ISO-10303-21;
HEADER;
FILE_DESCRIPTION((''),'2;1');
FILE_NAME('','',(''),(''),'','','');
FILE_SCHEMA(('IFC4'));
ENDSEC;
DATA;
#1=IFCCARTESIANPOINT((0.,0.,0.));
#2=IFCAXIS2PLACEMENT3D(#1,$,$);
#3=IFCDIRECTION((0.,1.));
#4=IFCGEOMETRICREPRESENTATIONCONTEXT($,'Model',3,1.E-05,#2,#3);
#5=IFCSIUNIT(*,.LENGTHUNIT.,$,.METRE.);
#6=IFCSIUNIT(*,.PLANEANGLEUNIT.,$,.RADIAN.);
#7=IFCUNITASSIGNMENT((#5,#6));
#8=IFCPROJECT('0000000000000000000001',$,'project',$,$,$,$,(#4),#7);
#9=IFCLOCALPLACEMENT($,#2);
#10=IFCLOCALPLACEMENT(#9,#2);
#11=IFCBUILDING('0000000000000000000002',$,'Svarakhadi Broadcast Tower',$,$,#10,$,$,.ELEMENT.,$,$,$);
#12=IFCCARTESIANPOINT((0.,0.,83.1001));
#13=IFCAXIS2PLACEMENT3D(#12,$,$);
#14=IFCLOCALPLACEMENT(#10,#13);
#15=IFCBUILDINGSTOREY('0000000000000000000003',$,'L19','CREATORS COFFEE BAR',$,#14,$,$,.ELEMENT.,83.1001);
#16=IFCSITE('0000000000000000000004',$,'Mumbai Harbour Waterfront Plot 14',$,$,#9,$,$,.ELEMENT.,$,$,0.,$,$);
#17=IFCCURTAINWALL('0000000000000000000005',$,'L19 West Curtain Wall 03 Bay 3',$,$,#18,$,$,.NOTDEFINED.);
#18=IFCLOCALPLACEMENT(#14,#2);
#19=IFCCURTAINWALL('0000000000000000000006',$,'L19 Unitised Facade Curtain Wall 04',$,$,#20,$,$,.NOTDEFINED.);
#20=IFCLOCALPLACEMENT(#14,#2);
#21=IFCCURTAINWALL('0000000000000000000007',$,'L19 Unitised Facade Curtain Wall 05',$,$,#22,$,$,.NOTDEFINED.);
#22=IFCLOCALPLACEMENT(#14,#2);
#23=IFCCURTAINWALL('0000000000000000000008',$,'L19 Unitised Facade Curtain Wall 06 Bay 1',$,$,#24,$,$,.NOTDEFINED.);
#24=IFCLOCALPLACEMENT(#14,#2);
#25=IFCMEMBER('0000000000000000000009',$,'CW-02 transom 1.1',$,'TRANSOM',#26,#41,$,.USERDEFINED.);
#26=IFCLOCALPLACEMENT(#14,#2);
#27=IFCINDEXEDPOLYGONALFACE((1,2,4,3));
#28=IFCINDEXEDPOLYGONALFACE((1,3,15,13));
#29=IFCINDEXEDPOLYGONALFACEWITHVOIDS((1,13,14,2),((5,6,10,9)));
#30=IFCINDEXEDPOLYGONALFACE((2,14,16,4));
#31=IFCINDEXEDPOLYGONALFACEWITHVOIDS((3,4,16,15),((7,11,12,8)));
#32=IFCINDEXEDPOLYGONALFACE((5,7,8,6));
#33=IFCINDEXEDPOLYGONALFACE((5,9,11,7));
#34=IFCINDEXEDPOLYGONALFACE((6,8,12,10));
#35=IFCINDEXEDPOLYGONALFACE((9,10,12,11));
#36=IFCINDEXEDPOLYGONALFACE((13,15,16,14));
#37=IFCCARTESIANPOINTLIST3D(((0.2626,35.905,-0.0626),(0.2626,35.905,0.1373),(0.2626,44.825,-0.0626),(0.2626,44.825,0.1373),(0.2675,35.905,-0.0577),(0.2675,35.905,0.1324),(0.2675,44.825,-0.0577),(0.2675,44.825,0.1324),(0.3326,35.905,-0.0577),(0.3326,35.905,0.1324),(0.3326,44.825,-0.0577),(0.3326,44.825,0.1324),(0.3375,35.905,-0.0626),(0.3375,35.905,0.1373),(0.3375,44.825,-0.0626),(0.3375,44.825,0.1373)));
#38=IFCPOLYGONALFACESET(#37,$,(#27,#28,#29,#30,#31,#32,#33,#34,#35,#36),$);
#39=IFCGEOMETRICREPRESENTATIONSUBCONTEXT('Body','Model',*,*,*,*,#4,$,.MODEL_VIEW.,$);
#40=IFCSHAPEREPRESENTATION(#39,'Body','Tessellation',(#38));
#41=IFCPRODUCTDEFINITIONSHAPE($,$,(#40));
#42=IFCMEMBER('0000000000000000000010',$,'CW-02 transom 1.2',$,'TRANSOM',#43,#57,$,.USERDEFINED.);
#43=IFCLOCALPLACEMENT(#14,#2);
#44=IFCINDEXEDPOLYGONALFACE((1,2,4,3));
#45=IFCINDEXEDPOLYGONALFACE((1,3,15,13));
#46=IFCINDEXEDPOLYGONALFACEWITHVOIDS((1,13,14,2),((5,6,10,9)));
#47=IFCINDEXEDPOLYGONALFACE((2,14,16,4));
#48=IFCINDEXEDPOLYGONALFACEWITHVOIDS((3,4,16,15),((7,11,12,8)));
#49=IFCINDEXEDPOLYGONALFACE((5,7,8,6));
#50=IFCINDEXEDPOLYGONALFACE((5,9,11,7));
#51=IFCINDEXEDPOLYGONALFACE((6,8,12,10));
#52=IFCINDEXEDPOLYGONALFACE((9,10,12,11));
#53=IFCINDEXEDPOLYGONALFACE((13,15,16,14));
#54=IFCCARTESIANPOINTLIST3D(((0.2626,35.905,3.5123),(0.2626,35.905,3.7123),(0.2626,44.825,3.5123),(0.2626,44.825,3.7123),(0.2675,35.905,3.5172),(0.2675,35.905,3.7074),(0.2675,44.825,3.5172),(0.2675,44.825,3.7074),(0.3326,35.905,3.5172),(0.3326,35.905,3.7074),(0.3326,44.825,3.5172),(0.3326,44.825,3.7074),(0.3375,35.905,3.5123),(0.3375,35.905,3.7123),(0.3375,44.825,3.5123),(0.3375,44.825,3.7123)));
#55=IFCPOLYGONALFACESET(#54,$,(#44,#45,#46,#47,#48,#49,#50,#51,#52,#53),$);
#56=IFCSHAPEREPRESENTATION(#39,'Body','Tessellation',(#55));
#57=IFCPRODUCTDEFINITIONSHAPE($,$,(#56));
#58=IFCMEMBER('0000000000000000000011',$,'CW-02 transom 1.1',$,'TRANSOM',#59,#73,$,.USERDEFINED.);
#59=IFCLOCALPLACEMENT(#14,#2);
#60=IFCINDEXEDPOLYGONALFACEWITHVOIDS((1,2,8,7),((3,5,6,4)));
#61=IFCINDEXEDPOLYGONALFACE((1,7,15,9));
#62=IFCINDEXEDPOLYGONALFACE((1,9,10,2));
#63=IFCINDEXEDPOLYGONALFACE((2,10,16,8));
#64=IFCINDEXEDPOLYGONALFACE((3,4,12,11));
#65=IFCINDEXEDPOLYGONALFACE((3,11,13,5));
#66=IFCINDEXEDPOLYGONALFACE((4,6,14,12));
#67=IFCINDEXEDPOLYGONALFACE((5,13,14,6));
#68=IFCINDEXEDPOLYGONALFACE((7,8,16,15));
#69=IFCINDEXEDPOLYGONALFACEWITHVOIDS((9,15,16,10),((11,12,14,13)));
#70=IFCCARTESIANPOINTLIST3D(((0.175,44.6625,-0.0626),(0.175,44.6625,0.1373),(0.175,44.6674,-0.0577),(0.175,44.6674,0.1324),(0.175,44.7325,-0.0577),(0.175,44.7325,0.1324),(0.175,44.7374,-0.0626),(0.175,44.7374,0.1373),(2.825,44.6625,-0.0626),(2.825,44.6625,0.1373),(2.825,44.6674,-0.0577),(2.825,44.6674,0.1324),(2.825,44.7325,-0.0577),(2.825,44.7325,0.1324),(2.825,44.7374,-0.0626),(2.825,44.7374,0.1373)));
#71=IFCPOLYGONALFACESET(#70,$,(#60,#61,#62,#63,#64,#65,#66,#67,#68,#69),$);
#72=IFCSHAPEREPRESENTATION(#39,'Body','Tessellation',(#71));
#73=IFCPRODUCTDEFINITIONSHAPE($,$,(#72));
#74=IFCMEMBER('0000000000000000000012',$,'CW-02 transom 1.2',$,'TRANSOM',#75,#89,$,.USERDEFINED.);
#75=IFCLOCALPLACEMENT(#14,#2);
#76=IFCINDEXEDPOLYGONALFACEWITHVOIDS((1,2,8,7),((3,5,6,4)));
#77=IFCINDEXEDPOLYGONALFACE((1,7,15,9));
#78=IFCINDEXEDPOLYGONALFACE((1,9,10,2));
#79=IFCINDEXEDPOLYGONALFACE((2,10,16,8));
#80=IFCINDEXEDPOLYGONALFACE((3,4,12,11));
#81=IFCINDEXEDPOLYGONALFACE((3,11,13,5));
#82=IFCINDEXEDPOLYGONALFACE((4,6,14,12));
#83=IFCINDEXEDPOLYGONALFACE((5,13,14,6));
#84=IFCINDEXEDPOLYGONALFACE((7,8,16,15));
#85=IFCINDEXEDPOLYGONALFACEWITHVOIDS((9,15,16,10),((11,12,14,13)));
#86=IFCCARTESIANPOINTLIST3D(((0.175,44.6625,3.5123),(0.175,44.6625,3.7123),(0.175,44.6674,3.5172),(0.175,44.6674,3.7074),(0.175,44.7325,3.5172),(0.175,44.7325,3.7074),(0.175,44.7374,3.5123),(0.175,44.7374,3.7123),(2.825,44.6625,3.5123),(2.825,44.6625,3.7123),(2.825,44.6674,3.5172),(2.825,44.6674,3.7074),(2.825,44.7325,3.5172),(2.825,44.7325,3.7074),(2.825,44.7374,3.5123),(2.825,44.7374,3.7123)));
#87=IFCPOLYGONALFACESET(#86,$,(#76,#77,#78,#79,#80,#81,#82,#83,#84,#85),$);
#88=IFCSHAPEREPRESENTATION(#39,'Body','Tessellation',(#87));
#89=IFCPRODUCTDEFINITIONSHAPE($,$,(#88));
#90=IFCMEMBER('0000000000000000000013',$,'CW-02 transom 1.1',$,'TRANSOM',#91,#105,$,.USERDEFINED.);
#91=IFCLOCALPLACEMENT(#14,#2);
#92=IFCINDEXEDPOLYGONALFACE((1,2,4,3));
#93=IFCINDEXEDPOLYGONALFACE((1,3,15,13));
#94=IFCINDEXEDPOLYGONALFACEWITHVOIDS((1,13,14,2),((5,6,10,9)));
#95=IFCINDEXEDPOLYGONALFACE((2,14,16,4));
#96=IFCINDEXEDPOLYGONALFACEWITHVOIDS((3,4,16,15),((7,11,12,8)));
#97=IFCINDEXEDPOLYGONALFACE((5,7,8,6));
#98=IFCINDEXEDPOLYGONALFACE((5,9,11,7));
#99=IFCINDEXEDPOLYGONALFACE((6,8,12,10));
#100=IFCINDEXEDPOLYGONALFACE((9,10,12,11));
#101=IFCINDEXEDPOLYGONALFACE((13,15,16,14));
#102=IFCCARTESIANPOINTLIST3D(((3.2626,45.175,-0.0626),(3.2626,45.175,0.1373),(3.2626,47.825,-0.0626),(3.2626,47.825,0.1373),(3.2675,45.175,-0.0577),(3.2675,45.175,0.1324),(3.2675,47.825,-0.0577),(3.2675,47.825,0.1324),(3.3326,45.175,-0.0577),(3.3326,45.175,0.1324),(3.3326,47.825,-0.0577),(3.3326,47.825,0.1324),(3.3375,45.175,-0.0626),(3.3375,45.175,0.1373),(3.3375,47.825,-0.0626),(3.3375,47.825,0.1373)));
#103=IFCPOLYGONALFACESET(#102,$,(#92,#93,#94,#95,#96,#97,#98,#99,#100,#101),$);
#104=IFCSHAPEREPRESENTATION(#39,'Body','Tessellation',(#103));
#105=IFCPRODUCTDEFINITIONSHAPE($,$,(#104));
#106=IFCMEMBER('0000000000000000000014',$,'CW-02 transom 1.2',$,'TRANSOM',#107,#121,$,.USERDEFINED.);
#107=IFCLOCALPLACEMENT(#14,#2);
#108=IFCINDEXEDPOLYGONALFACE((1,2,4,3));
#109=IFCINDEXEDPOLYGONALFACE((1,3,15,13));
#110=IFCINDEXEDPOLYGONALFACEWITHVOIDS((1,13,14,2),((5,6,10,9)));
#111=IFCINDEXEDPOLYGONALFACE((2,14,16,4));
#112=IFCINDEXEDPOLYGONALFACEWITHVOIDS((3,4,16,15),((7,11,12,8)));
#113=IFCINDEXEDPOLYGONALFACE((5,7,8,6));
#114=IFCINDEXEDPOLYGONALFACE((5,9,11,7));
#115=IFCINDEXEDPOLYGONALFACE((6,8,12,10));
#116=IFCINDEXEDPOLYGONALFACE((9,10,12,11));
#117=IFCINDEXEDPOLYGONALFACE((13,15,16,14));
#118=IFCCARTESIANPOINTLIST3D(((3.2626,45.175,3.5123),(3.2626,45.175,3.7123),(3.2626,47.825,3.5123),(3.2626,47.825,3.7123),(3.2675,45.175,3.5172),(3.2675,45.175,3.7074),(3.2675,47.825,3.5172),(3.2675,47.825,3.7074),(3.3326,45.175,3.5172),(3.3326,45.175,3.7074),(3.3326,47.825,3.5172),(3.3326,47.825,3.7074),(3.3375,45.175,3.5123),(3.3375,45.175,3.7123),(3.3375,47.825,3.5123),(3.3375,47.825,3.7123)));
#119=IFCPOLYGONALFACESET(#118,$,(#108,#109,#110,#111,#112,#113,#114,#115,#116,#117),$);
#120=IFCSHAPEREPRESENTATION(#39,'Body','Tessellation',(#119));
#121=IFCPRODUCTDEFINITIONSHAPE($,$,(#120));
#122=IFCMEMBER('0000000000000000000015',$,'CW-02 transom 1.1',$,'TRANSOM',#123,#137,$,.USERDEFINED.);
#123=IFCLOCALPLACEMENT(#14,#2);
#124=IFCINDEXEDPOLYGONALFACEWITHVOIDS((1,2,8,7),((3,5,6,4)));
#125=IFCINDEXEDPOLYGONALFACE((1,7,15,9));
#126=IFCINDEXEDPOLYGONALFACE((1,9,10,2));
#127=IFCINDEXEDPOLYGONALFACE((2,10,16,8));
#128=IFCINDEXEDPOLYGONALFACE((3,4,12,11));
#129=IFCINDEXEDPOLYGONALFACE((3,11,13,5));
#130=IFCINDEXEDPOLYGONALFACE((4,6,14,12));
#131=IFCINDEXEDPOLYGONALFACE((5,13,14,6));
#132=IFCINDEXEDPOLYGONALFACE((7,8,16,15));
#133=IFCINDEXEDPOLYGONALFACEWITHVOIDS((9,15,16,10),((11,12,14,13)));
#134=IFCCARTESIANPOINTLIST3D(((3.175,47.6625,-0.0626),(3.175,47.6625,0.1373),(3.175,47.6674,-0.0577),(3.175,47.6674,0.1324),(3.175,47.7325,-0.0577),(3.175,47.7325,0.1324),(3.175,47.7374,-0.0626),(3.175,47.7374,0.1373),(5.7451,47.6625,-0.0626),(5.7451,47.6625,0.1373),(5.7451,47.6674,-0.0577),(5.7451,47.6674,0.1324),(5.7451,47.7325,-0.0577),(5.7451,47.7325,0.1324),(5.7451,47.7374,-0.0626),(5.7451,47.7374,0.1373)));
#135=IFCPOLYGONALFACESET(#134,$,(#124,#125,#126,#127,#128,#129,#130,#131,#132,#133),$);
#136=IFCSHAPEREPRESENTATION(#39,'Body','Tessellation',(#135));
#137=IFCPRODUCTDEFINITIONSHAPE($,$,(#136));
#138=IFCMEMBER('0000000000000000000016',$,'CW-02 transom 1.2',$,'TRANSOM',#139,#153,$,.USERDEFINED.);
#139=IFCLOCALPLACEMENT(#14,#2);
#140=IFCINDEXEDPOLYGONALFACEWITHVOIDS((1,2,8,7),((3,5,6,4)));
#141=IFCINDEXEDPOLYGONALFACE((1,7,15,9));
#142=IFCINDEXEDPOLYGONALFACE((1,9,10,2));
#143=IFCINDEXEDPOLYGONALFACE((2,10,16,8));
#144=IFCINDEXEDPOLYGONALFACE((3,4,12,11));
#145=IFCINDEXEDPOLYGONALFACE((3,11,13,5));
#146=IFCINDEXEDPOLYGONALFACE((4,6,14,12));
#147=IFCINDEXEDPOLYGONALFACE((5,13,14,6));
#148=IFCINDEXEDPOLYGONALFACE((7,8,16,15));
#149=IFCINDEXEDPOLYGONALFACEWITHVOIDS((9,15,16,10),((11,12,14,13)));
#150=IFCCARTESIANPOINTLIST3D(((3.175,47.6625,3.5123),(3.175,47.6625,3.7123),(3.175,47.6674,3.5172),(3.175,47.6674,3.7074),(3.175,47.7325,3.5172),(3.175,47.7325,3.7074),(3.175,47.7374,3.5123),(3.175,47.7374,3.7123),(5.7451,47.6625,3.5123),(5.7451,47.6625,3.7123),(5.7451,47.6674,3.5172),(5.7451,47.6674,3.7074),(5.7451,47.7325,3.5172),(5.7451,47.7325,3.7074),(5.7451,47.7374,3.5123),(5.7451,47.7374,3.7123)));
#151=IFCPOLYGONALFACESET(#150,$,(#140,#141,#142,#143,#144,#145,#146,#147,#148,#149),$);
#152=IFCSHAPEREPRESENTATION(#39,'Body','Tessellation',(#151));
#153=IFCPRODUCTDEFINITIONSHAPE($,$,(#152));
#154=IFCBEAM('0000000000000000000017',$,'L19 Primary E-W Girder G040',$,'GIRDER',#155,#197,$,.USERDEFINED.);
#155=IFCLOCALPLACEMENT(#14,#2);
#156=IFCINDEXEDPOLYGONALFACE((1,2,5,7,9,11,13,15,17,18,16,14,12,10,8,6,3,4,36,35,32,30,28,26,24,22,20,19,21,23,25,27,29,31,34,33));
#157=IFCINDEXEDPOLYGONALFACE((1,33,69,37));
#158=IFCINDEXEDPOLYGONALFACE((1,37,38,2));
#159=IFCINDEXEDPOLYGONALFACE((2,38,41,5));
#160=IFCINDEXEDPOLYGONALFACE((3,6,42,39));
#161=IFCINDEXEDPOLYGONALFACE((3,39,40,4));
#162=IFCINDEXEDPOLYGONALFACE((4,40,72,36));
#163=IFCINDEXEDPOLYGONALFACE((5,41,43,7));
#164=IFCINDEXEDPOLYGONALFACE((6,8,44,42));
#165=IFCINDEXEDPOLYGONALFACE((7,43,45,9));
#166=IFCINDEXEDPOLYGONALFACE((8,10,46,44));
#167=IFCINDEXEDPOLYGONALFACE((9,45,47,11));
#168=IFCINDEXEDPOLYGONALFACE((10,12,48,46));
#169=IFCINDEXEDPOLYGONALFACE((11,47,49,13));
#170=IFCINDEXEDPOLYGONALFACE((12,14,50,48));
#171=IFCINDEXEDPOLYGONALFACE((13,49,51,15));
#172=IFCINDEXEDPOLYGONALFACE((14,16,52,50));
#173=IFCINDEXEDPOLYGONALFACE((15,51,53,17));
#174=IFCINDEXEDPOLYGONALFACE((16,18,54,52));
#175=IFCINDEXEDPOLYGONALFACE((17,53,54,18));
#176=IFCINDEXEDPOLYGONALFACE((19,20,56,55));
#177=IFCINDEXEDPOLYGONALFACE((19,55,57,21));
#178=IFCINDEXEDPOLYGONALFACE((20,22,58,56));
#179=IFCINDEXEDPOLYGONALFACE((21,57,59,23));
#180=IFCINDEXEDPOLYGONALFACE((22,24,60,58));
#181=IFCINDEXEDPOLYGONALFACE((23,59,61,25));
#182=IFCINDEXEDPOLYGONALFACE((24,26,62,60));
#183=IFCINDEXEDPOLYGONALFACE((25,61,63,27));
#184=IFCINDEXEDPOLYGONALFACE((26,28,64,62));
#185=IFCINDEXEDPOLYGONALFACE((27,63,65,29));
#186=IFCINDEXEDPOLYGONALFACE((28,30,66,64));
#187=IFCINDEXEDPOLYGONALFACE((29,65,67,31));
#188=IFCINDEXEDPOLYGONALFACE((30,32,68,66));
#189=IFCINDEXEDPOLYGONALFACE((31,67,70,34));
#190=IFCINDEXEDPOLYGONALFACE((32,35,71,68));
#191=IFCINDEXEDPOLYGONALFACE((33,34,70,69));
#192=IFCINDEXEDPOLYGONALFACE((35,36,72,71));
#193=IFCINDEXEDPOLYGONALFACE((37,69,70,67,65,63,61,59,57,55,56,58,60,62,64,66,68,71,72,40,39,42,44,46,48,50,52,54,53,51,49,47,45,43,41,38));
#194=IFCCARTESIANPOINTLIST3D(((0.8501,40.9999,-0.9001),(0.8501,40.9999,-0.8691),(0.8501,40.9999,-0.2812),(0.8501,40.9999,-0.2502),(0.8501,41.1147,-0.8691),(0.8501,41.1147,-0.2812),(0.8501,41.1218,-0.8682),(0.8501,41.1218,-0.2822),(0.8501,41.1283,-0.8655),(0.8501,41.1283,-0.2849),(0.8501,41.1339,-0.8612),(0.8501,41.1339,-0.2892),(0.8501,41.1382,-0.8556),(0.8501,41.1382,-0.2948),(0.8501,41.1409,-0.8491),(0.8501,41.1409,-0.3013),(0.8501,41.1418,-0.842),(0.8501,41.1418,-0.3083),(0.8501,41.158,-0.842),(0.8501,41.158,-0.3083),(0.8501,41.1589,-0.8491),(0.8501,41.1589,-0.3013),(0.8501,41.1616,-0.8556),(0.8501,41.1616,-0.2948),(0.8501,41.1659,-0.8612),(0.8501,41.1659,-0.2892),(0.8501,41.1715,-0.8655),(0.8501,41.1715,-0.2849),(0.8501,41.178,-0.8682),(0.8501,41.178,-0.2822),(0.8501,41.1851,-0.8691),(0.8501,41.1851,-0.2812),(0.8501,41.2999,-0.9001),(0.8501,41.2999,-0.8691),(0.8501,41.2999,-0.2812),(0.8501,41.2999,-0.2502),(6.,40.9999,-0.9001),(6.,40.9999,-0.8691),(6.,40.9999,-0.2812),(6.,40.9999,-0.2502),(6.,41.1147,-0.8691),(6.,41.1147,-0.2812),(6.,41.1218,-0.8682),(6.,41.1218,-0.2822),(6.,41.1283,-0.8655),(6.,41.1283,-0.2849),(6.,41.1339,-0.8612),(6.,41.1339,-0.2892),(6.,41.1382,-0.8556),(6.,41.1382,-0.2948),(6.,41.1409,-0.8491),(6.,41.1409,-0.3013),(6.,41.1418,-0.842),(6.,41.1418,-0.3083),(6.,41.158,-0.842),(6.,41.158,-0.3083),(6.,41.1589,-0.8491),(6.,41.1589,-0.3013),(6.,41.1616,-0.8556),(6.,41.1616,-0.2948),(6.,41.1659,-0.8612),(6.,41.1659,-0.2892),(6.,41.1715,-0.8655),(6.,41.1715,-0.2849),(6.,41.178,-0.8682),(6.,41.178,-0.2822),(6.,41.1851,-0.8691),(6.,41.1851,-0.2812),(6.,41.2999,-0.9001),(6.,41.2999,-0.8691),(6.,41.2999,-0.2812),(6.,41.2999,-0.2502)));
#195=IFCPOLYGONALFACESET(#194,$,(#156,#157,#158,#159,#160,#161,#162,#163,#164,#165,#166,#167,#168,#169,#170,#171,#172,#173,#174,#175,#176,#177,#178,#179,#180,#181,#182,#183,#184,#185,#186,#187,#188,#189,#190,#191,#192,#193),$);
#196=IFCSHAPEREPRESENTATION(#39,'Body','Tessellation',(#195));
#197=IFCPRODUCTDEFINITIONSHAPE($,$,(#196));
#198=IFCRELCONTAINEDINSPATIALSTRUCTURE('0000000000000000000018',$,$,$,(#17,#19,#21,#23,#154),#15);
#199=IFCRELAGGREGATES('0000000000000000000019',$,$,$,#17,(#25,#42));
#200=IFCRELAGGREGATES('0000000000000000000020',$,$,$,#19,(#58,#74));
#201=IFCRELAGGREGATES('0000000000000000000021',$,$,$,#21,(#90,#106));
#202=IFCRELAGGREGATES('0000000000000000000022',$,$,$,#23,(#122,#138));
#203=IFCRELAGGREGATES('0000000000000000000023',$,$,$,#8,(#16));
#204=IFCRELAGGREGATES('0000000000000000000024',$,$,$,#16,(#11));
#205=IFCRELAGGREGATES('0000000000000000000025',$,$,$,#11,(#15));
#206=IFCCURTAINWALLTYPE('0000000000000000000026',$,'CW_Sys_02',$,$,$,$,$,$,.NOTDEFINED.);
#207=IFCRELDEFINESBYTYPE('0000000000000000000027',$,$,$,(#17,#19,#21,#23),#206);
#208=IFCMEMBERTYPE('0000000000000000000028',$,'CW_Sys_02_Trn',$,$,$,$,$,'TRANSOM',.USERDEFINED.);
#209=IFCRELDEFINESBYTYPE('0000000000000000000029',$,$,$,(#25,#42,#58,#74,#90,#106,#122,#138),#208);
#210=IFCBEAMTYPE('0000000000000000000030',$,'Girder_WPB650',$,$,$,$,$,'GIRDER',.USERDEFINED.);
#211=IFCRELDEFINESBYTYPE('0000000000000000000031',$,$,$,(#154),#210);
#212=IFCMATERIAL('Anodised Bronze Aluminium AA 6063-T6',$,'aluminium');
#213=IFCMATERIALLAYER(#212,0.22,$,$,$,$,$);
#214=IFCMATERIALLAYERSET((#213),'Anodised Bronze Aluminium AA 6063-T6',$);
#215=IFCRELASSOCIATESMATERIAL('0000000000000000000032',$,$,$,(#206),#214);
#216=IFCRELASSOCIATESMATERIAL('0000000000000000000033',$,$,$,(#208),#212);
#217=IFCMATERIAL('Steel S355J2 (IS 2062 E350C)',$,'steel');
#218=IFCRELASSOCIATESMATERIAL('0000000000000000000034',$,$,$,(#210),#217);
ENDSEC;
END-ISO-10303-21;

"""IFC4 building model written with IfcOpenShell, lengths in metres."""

from ifc_helpers import new_model, si_unit, direction, frame, origin, origin_2d, place, context, subcontext, project, spatial, hollow_rectangle, i_section, extrude, material, layer, layer_set, material_profile, profile_set, type_object, element, aggregate, save


model = new_model("IFC4")

# Units and contexts
model_context = context("Model", 3, precision=1e-05, world=origin(), true_north=direction((0.0, 1.0)))
body_context = subcontext(model_context, "Body", "Model", "MODEL_VIEW")
ifc_project = project(units=[si_unit("LENGTHUNIT", "METRE"), si_unit("PLANEANGLEUNIT", "RADIAN")], contexts=[model_context])

# Site, building, storey
site_placement = place(None, origin())
site = spatial("IfcSite", under=ifc_project, at=site_placement, Name="Mumbai Harbour Waterfront Plot 14", CompositionType="ELEMENT", RefElevation=0.0)
building_placement = place(site_placement, origin())
building = spatial("IfcBuilding", under=site, at=building_placement, Name="Svarakhadi Broadcast Tower", CompositionType="ELEMENT")
storey_placement = place(building_placement, frame((0.0, 0.0, 83.1001)))
storey = spatial("IfcBuildingStorey", under=building, at=storey_placement, Name="L19", Description="CREATORS COFFEE BAR", CompositionType="ELEMENT", Elevation=83.1001)

# Shared definitions
ifc_material_1 = material(Name="Steel S355J2 (IS 2062 E350C)", Category="steel")

# Curtain walls
ifc_material_2 = material(Name="Anodised Bronze Aluminium AA 6063-T6", Category="aluminium")
ifc_layer_1 = layer(ifc_material_2, 0.22)
ifc_layer_set_1 = layer_set([ifc_layer_1], Name="Anodised Bronze Aluminium AA 6063-T6")
curtain_wall_type = type_object("IfcCurtainWallType", Name="CW_Sys_02", PredefinedType="NOTDEFINED", material=ifc_layer_set_1)
curtain_wall_1_placement = place(storey_placement, origin())
curtain_wall_1 = element("IfcCurtainWall", 1, at=curtain_wall_1_placement, inside=storey, type_object=curtain_wall_type, Name="L19 West Curtain Wall 03 Bay 3", PredefinedType="NOTDEFINED")
curtain_wall_2_placement = place(storey_placement, origin())
curtain_wall_2 = element("IfcCurtainWall", 2, at=curtain_wall_2_placement, inside=storey, type_object=curtain_wall_type, Name="L19 Unitised Facade Curtain Wall 04", PredefinedType="NOTDEFINED")
curtain_wall_3_placement = place(storey_placement, origin())
curtain_wall_3 = element("IfcCurtainWall", 3, at=curtain_wall_3_placement, inside=storey, type_object=curtain_wall_type, Name="L19 Unitised Facade Curtain Wall 05", PredefinedType="NOTDEFINED")
curtain_wall_4_placement = place(storey_placement, origin())
curtain_wall_4 = element("IfcCurtainWall", 4, at=curtain_wall_4_placement, inside=storey, type_object=curtain_wall_type, Name="L19 Unitised Facade Curtain Wall 06 Bay 1", PredefinedType="NOTDEFINED")

# Members
ifc_material_profile_1 = material_profile(ifc_material_2, hollow_rectangle(XDim=0.075, YDim=0.2, WallThickness=0.0049, at=origin_2d()), Name="ALU TRANSOM 200x75x5")
ifc_profile_set_1 = profile_set([ifc_material_profile_1], Name="Anodised Bronze Aluminium AA 6063-T6")
member_type_1 = type_object("IfcMemberType", Name="CW_Sys_02_Trn", ElementType="TRANSOM", PredefinedType="USERDEFINED", material=ifc_profile_set_1)
member_1_placement = place(storey_placement, frame((0.3, 35.905, 0.0374), z_axis=(0.0, 1.0, 0.0), x_axis=(-1.0, 0.0, 0.0)))
member_1 = element("IfcMember", 5, at=member_1_placement, type_object=member_type_1, Name="CW-02 transom 1.1", ObjectType="TRANSOM", PredefinedType="USERDEFINED", context=body_context, shape_type="SweptSolid", body=[
    extrude(hollow_rectangle(XDim=0.075, YDim=0.2, WallThickness=0.0049, at=origin_2d()), origin(), (0.0, 0.0, 1.0), 8.9199),
])
member_2_placement = place(storey_placement, frame((0.3, 35.905, 3.6123), z_axis=(0.0, 1.0, 0.0), x_axis=(-1.0, 0.0, 0.0)))
member_2 = element("IfcMember", 6, at=member_2_placement, type_object=member_type_1, Name="CW-02 transom 1.2", ObjectType="TRANSOM", PredefinedType="USERDEFINED", context=body_context, shape_type="SweptSolid", body=[
    extrude(hollow_rectangle(XDim=0.075, YDim=0.2, WallThickness=0.0049, at=origin_2d()), origin(), (0.0, 0.0, 1.0), 8.9199),
])
member_3_placement = place(storey_placement, frame((0.175, 44.7, 0.0374), z_axis=(1.0, 0.0, 0.0), x_axis=(0.0, 1.0, 0.0)))
member_3 = element("IfcMember", 7, at=member_3_placement, type_object=member_type_1, Name="CW-02 transom 1.1", ObjectType="TRANSOM", PredefinedType="USERDEFINED", context=body_context, shape_type="SweptSolid", body=[
    extrude(hollow_rectangle(XDim=0.075, YDim=0.2, WallThickness=0.0049, at=origin_2d()), origin(), (0.0, 0.0, 1.0), 2.6499),
])
member_4_placement = place(storey_placement, frame((0.175, 44.7, 3.6123), z_axis=(1.0, 0.0, 0.0), x_axis=(0.0, 1.0, 0.0)))
member_4 = element("IfcMember", 8, at=member_4_placement, type_object=member_type_1, Name="CW-02 transom 1.2", ObjectType="TRANSOM", PredefinedType="USERDEFINED", context=body_context, shape_type="SweptSolid", body=[
    extrude(hollow_rectangle(XDim=0.075, YDim=0.2, WallThickness=0.0049, at=origin_2d()), origin(), (0.0, 0.0, 1.0), 2.6499),
])
member_5_placement = place(storey_placement, frame((3.3, 45.175, 0.0374), z_axis=(0.0, 1.0, 0.0), x_axis=(-1.0, 0.0, 0.0)))
member_5 = element("IfcMember", 9, at=member_5_placement, type_object=member_type_1, Name="CW-02 transom 1.1", ObjectType="TRANSOM", PredefinedType="USERDEFINED", context=body_context, shape_type="SweptSolid", body=[
    extrude(hollow_rectangle(XDim=0.075, YDim=0.2, WallThickness=0.0049, at=origin_2d()), origin(), (0.0, 0.0, 1.0), 2.6499),
])
member_6_placement = place(storey_placement, frame((3.3, 45.175, 3.6123), z_axis=(0.0, 1.0, 0.0), x_axis=(-1.0, 0.0, 0.0)))
member_6 = element("IfcMember", 10, at=member_6_placement, type_object=member_type_1, Name="CW-02 transom 1.2", ObjectType="TRANSOM", PredefinedType="USERDEFINED", context=body_context, shape_type="SweptSolid", body=[
    extrude(hollow_rectangle(XDim=0.075, YDim=0.2, WallThickness=0.0049, at=origin_2d()), origin(), (0.0, 0.0, 1.0), 2.6499),
])
member_7_placement = place(storey_placement, frame((3.175, 47.7, 0.0374), z_axis=(1.0, 0.0, 0.0), x_axis=(0.0, 1.0, 0.0)))
member_7 = element("IfcMember", 11, at=member_7_placement, type_object=member_type_1, Name="CW-02 transom 1.1", ObjectType="TRANSOM", PredefinedType="USERDEFINED", context=body_context, shape_type="SweptSolid", body=[
    extrude(hollow_rectangle(XDim=0.075, YDim=0.2, WallThickness=0.0049, at=origin_2d()), origin(), (0.0, 0.0, 1.0), 2.5701),
])
member_8_placement = place(storey_placement, frame((3.175, 47.7, 3.6123), z_axis=(1.0, 0.0, 0.0), x_axis=(0.0, 1.0, 0.0)))
member_8 = element("IfcMember", 12, at=member_8_placement, type_object=member_type_1, Name="CW-02 transom 1.2", ObjectType="TRANSOM", PredefinedType="USERDEFINED", context=body_context, shape_type="SweptSolid", body=[
    extrude(hollow_rectangle(XDim=0.075, YDim=0.2, WallThickness=0.0049, at=origin_2d()), origin(), (0.0, 0.0, 1.0), 2.5701),
])

# Beam
ifc_material_profile_2 = material_profile(ifc_material_1, i_section(OverallWidth=0.3, OverallDepth=0.6499, WebThickness=0.0161, FlangeThickness=0.031, FilletRadius=0.0271, at=origin_2d()), Name="WPB 650x300x225")
ifc_profile_set_2 = profile_set([ifc_material_profile_2], Name="Steel S355J2 (IS 2062 E350C)")
beam_type_1 = type_object("IfcBeamType", Name="Girder_WPB650", ElementType="GIRDER", PredefinedType="USERDEFINED", material=ifc_profile_set_2)
beam_1_placement = place(storey_placement, frame((0.8501, 41.1499, -0.5752), z_axis=(1.0, 0.0, 0.0), x_axis=(0.0, 1.0, 0.0)))
element("IfcBeam", 13, at=beam_1_placement, inside=storey, type_object=beam_type_1, Name="L19 Primary E-W Girder G040", ObjectType="GIRDER", PredefinedType="USERDEFINED", context=body_context, shape_type="SweptSolid", body=[
    extrude(i_section(OverallWidth=0.3, OverallDepth=0.6499, WebThickness=0.0161, FlangeThickness=0.031, FilletRadius=0.0271, at=origin_2d()), origin(), (0.0, 0.0, 1.0), 5.1499),
])

aggregate(curtain_wall_1, [member_1, member_2])
aggregate(curtain_wall_2, [member_3, member_4])
aggregate(curtain_wall_3, [member_5, member_6])
aggregate(curtain_wall_4, [member_7, member_8])

save(model, "model.ifc")
